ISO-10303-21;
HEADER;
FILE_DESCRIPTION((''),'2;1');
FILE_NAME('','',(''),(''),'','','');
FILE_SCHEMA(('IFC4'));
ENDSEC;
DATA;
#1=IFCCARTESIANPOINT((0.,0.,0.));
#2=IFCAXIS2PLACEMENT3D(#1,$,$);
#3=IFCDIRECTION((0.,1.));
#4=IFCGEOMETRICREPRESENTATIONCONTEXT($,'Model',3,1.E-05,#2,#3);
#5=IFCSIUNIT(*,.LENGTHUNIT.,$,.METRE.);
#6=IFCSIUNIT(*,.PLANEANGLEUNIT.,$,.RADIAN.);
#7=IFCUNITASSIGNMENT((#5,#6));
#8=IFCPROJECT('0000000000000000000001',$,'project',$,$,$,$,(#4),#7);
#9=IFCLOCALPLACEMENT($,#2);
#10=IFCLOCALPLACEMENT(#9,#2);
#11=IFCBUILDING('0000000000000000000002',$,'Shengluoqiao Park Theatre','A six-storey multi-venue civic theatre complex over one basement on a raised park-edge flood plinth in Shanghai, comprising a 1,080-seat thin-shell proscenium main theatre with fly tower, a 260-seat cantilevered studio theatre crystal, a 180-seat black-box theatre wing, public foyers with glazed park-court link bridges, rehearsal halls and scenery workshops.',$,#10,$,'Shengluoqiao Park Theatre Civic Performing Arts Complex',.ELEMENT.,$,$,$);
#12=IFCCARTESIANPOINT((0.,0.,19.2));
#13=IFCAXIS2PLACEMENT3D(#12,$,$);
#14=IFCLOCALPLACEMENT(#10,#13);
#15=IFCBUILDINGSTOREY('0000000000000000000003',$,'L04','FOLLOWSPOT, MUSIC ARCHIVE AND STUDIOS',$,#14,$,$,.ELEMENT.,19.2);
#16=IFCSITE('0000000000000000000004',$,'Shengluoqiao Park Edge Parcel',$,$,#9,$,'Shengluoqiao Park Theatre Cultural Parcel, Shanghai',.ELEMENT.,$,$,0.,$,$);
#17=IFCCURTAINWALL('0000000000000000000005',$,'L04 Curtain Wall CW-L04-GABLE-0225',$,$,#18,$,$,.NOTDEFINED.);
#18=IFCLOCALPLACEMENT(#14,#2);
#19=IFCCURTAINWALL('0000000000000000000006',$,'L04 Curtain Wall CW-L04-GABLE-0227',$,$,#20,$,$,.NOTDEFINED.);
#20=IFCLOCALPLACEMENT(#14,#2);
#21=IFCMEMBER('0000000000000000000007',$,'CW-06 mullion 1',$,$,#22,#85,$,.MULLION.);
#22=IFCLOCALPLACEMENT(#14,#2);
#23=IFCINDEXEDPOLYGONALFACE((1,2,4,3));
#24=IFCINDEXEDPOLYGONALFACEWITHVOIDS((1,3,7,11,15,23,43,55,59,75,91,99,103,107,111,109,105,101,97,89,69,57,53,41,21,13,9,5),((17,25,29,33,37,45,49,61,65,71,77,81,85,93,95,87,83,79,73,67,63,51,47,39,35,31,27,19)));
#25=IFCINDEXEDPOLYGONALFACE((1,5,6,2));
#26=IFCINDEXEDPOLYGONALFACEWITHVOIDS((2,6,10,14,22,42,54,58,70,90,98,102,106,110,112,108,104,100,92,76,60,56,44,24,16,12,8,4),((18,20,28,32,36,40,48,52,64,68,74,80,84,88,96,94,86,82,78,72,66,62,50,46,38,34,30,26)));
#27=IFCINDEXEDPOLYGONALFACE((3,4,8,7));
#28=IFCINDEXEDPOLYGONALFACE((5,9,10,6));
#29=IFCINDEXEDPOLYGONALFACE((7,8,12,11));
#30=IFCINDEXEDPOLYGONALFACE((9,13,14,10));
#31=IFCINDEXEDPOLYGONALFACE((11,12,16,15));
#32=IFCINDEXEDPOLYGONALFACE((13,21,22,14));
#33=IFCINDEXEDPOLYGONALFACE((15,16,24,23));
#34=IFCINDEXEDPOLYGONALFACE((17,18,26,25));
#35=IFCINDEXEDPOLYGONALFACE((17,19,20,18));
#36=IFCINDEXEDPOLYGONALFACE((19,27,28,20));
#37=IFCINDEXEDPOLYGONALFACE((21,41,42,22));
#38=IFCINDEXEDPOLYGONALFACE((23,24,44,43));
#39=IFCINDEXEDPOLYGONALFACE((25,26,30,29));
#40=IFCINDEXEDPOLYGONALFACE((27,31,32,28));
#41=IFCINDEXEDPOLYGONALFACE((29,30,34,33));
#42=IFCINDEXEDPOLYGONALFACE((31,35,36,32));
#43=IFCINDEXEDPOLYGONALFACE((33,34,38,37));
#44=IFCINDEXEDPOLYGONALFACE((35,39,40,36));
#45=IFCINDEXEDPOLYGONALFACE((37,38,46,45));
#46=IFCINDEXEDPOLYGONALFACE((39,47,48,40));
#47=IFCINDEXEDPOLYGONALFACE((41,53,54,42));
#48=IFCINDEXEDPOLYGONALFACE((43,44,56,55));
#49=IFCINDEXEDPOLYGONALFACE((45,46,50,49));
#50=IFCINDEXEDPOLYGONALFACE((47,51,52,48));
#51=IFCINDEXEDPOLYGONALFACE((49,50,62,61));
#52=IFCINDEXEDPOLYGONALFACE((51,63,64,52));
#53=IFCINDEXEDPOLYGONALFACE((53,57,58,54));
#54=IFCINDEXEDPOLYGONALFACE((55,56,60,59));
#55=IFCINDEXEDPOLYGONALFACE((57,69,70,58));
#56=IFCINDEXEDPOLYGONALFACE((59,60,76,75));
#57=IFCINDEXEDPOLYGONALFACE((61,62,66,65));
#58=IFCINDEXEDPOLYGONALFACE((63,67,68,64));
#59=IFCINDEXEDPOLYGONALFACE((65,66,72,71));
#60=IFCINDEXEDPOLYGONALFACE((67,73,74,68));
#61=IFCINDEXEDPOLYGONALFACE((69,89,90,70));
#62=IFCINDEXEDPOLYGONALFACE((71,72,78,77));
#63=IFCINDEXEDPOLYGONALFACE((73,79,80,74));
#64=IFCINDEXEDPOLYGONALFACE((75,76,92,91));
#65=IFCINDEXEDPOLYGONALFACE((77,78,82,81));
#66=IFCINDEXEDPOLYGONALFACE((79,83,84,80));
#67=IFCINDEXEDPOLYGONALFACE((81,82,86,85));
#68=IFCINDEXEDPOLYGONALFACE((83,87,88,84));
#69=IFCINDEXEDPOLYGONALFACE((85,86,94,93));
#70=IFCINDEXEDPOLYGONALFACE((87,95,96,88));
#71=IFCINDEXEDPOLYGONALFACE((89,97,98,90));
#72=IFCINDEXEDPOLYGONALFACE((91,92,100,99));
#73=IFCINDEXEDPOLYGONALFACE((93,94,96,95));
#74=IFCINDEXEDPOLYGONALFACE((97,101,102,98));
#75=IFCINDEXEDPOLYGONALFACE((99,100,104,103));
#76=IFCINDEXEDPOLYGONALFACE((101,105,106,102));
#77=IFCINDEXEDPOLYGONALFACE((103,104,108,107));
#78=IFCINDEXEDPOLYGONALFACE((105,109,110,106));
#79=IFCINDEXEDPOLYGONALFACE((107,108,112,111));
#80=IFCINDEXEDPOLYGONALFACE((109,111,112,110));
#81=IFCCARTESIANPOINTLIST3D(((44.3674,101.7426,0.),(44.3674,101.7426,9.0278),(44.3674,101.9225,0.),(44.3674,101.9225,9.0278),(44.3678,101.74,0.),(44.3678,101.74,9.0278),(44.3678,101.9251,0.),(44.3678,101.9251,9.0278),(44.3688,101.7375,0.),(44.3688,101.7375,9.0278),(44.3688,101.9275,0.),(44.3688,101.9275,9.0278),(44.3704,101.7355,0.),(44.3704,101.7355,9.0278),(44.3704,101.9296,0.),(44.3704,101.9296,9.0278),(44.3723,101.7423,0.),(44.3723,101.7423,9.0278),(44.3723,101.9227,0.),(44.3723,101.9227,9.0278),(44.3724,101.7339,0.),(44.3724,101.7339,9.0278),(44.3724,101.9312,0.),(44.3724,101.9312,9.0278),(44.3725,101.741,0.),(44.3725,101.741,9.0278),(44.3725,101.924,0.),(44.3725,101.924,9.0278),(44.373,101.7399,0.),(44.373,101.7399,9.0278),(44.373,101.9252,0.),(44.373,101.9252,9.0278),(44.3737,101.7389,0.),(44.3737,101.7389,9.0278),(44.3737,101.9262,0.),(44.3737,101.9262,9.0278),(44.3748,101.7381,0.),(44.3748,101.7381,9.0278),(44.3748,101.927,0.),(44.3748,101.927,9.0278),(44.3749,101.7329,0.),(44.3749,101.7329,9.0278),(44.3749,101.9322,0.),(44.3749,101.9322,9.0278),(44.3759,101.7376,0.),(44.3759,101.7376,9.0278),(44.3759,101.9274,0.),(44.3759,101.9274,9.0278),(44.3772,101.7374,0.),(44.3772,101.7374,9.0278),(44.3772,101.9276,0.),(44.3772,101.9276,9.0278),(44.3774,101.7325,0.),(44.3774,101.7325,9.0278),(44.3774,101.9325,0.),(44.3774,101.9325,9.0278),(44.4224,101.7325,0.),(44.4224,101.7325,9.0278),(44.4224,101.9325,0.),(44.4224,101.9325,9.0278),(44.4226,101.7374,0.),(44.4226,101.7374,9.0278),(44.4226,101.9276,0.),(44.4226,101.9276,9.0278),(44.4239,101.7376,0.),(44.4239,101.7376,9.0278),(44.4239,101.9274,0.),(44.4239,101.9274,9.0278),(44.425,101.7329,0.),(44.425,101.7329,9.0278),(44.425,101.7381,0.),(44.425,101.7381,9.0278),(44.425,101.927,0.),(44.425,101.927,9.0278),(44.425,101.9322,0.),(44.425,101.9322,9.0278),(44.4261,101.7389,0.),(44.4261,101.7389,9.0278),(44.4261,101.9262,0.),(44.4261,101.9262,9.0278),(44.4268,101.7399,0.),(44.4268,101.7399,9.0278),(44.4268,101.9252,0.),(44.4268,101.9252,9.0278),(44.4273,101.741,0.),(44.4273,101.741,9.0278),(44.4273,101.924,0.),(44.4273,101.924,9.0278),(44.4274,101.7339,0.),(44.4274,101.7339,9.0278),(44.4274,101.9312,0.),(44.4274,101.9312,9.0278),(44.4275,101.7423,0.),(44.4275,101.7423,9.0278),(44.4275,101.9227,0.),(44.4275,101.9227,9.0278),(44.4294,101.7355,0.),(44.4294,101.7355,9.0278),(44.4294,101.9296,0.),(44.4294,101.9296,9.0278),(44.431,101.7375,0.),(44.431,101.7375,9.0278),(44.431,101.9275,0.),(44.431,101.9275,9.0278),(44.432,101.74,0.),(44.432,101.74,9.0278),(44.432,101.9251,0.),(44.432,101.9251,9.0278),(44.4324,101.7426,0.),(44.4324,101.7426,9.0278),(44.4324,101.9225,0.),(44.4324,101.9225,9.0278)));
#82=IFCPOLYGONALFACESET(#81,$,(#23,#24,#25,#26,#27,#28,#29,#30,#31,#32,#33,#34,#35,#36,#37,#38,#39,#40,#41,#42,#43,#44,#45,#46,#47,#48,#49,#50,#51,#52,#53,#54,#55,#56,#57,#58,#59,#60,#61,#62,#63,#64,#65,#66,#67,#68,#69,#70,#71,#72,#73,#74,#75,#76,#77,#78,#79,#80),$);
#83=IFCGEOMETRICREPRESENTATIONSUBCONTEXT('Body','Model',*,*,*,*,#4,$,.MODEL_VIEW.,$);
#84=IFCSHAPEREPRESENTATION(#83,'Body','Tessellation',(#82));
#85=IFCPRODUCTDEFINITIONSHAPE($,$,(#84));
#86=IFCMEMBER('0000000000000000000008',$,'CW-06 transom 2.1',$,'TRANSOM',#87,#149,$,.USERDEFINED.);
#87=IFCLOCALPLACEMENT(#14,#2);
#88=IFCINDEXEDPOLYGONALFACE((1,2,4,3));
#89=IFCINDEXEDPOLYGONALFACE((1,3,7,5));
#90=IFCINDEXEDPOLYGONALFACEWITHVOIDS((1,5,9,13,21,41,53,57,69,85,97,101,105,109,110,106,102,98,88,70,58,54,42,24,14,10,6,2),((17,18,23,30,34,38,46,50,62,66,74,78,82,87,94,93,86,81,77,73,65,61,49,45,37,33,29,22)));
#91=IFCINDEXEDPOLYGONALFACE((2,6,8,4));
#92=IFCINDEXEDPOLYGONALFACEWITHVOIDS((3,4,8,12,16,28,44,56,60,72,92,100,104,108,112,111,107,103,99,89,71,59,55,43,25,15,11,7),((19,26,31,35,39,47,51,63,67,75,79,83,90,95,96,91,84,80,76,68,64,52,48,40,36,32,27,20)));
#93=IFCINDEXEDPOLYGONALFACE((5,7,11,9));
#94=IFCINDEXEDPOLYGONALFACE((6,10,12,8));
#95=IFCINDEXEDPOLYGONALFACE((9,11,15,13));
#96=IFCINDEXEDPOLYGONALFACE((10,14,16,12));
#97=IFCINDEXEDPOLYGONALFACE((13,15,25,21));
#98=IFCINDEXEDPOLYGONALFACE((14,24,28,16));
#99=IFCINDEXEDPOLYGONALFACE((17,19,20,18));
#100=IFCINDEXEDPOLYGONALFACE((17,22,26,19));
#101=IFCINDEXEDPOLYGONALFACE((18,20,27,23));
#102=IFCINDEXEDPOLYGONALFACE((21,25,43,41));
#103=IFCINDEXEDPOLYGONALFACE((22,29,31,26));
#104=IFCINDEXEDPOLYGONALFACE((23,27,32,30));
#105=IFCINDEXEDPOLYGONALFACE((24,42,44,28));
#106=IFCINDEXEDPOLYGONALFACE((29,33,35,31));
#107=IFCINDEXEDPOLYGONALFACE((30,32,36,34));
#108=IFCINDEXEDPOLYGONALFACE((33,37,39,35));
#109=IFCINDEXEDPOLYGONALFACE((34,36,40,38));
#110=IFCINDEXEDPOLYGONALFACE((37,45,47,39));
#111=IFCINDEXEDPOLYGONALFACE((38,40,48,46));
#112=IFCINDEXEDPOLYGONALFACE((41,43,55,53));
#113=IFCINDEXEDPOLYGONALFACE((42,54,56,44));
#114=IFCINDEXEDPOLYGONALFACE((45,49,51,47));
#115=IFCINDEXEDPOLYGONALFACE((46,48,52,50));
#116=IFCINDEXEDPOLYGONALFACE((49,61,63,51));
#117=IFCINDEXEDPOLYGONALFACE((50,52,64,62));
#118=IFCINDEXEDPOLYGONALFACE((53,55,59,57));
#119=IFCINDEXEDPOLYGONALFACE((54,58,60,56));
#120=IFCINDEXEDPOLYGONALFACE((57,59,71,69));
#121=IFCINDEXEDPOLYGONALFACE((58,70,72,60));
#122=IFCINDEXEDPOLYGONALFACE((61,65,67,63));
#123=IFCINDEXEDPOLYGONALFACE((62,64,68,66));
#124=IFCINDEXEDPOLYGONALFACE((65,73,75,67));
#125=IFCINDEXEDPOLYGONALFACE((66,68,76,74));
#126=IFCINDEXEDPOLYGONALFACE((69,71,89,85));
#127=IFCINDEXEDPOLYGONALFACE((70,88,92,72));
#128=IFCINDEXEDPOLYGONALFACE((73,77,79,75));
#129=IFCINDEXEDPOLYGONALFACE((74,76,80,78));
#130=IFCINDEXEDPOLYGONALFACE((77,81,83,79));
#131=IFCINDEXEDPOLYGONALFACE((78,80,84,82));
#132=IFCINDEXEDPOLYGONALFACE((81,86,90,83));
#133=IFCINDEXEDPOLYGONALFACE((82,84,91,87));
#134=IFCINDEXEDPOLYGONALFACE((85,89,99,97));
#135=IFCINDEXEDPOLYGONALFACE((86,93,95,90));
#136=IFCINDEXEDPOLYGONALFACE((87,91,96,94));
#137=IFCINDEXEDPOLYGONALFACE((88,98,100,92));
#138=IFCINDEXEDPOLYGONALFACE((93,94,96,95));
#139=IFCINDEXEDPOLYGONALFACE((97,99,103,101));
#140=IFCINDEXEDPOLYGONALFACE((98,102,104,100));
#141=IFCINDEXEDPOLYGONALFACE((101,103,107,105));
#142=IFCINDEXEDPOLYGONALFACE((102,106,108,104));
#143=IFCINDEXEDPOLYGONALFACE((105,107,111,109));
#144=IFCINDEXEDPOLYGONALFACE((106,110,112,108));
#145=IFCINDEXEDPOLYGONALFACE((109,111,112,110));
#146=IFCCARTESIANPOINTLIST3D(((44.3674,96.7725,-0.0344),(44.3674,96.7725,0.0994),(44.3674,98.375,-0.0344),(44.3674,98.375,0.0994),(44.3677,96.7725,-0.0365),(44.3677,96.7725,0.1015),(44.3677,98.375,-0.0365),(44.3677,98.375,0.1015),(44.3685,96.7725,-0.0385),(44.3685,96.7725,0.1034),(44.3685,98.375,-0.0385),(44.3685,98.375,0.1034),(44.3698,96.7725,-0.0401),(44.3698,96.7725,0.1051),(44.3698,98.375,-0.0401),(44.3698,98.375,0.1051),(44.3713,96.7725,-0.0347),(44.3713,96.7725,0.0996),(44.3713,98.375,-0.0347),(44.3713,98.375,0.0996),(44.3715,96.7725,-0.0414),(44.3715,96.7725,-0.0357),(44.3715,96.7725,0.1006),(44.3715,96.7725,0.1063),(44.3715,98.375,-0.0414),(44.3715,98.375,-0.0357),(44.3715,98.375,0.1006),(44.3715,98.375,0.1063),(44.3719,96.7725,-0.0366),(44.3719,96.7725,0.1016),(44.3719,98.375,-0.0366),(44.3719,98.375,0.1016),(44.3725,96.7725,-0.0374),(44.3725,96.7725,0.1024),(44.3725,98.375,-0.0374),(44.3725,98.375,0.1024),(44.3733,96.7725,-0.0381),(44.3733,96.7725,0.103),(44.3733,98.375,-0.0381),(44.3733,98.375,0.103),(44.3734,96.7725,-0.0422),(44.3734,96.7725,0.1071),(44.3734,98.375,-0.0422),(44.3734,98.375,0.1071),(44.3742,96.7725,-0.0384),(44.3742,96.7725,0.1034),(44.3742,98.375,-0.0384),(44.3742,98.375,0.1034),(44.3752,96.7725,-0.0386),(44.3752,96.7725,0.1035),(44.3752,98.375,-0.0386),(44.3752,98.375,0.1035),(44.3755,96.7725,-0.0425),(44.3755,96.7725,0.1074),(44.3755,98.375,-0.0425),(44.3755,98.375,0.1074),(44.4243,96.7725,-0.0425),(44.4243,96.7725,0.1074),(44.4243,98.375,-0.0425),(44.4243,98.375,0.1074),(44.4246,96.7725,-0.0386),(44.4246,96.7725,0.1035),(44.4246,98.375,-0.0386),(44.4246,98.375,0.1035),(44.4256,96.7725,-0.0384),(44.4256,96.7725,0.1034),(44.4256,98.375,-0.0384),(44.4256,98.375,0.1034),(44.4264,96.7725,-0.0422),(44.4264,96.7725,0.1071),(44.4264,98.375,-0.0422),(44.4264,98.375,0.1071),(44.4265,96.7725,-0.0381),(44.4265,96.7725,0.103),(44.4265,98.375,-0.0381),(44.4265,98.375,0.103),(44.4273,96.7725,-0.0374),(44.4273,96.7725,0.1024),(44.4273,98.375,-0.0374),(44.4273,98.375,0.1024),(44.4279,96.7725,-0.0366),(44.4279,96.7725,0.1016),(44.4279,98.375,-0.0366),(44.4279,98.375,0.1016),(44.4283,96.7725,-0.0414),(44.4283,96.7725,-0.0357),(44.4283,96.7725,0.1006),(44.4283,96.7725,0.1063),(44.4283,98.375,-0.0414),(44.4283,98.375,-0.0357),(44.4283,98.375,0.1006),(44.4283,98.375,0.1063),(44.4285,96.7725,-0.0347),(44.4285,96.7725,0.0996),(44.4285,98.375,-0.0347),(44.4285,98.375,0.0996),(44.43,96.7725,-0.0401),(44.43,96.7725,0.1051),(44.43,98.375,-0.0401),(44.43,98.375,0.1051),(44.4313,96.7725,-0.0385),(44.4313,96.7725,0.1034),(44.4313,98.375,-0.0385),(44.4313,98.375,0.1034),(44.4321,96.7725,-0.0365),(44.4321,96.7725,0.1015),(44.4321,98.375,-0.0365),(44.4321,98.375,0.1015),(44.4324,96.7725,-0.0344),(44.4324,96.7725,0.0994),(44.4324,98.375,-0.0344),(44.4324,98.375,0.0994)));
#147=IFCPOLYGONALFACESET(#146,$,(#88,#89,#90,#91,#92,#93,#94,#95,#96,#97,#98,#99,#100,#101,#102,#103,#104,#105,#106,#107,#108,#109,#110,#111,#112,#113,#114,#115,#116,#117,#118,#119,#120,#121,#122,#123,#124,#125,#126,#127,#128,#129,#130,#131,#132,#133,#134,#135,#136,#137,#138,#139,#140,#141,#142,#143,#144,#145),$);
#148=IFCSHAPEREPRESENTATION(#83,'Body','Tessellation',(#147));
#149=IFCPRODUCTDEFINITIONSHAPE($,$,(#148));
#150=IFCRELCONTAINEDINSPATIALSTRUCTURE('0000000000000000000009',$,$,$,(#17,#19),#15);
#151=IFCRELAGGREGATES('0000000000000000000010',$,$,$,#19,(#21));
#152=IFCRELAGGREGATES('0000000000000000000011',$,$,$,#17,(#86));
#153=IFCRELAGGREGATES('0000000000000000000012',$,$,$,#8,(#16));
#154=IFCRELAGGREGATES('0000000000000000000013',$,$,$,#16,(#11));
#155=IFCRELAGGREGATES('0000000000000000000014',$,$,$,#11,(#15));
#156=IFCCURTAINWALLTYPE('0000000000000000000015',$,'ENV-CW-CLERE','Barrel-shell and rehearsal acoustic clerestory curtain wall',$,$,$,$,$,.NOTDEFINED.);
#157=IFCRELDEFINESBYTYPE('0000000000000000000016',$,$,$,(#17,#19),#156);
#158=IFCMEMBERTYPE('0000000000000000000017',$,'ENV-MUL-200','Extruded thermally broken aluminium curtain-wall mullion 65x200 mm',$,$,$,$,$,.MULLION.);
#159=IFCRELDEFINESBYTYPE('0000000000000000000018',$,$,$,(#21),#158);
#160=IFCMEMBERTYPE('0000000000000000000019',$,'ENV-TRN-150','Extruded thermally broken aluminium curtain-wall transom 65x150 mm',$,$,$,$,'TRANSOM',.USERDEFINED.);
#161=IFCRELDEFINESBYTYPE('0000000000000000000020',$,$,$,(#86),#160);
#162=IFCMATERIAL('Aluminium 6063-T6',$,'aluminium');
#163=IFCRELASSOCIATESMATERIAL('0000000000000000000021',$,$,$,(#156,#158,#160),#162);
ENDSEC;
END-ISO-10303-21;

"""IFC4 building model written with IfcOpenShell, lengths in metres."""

from ifc_helpers import new_model, si_unit, direction, frame, origin, origin_2d, place, context, subcontext, project, spatial, hollow_rectangle, extrude, material, material_profile, profile_set, type_object, element, aggregate, save


model = new_model("IFC4")

# Units and contexts
model_context = context("Model", 3, precision=1e-05, world=origin(), true_north=direction((0.0, 1.0)))
body_context = subcontext(model_context, "Body", "Model", "MODEL_VIEW")
ifc_project = project(units=[si_unit("LENGTHUNIT", "METRE"), si_unit("PLANEANGLEUNIT", "RADIAN")], contexts=[model_context])

# Site, building, storey
site_placement = place(None, origin())
site = spatial("IfcSite", under=ifc_project, at=site_placement, Name="Shengluoqiao Park Edge Parcel", LongName="Shengluoqiao Park Theatre Cultural Parcel, Shanghai", CompositionType="ELEMENT", RefElevation=0.0)
building_placement = place(site_placement, origin())
building = spatial("IfcBuilding", under=site, at=building_placement, Name="Shengluoqiao Park Theatre", Description="A six-storey multi-venue civic theatre complex over one basement on a raised park-edge flood plinth in Shanghai, comprising a 1,080-seat thin-shell proscenium main theatre with fly tower, a 260-seat cantilevered studio theatre crystal, a 180-seat black-box theatre wing, public foyers with glazed park-court link bridges, rehearsal halls and scenery workshops.", LongName="Shengluoqiao Park Theatre Civic Performing Arts Complex", CompositionType="ELEMENT")
storey_placement = place(building_placement, frame((0.0, 0.0, 19.2)))
storey = spatial("IfcBuildingStorey", under=building, at=storey_placement, Name="L04", Description="FOLLOWSPOT, MUSIC ARCHIVE AND STUDIOS", CompositionType="ELEMENT", Elevation=19.2)

# Curtain wall
ifc_material_1 = material(Name="Aluminium 6063-T6", Category="aluminium")
curtain_wall_type = type_object("IfcCurtainWallType", Name="ENV-CW-CLERE", Description="Barrel-shell and rehearsal acoustic clerestory curtain wall", PredefinedType="NOTDEFINED", material=ifc_material_1)
curtain_wall_1_placement = place(storey_placement, origin())
curtain_wall_1 = element("IfcCurtainWall", 1, at=curtain_wall_1_placement, inside=storey, type_object=curtain_wall_type, Name="L04 Curtain Wall CW-L04-GABLE-0225", PredefinedType="NOTDEFINED")
ifc_material_profile_1 = material_profile(ifc_material_1, hollow_rectangle(XDim=0.0649, YDim=0.2, WallThickness=0.0049, InnerFilletRadius=0.0049, OuterFilletRadius=0.01, at=origin_2d()), Name="ALU MULLION 200x65x5")
ifc_profile_set_1 = profile_set([ifc_material_profile_1], Name="Aluminium 6063-T6")
member_type_1 = type_object("IfcMemberType", Name="ENV-MUL-200", Description="Extruded thermally broken aluminium curtain-wall mullion 65x200 mm", PredefinedType="MULLION", material=ifc_profile_set_1)

# Curtain wall, member
curtain_wall_2_placement = place(storey_placement, origin())
curtain_wall_2 = element("IfcCurtainWall", 2, at=curtain_wall_2_placement, inside=storey, type_object=curtain_wall_type, Name="L04 Curtain Wall CW-L04-GABLE-0227", PredefinedType="NOTDEFINED")
member_1_placement = place(storey_placement, frame((44.3999, 101.8325, 0.0), z_axis=(0.0, 0.0, 1.0), x_axis=(-1.0, 0.0, 0.0)))
member_1 = element("IfcMember", 3, at=member_1_placement, type_object=member_type_1, Name="CW-06 mullion 1", PredefinedType="MULLION", context=body_context, shape_type="SweptSolid", body=[
    extrude(hollow_rectangle(XDim=0.0649, YDim=0.2, WallThickness=0.0049, InnerFilletRadius=0.0049, OuterFilletRadius=0.01, at=origin_2d()), origin(), (0.0, 0.0, 1.0), 9.0278),
])
aggregate(curtain_wall_2, [member_1])

# Member
ifc_material_profile_2 = material_profile(ifc_material_1, hollow_rectangle(XDim=0.0649, YDim=0.1499, WallThickness=0.0039, InnerFilletRadius=0.0039, OuterFilletRadius=0.0081, at=origin_2d()), Name="ALU TRANSOM 150x65x4")
ifc_profile_set_2 = profile_set([ifc_material_profile_2], Name="Aluminium 6063-T6")
member_type_2 = type_object("IfcMemberType", Name="ENV-TRN-150", Description="Extruded thermally broken aluminium curtain-wall transom 65x150 mm", ElementType="TRANSOM", PredefinedType="USERDEFINED", material=ifc_profile_set_2)
member_2_placement = place(storey_placement, frame((44.3999, 96.7725, 0.0325), z_axis=(0.0, 1.0, 0.0), x_axis=(-1.0, 0.0, 0.0)))
member_2 = element("IfcMember", 4, at=member_2_placement, type_object=member_type_2, Name="CW-06 transom 2.1", ObjectType="TRANSOM", PredefinedType="USERDEFINED", context=body_context, shape_type="SweptSolid", body=[
    extrude(hollow_rectangle(XDim=0.0649, YDim=0.1499, WallThickness=0.0039, InnerFilletRadius=0.0039, OuterFilletRadius=0.0081, at=origin_2d()), origin(), (0.0, 0.0, 1.0), 1.6025),
])

aggregate(curtain_wall_1, [member_2])

save(model, "model.ifc")
